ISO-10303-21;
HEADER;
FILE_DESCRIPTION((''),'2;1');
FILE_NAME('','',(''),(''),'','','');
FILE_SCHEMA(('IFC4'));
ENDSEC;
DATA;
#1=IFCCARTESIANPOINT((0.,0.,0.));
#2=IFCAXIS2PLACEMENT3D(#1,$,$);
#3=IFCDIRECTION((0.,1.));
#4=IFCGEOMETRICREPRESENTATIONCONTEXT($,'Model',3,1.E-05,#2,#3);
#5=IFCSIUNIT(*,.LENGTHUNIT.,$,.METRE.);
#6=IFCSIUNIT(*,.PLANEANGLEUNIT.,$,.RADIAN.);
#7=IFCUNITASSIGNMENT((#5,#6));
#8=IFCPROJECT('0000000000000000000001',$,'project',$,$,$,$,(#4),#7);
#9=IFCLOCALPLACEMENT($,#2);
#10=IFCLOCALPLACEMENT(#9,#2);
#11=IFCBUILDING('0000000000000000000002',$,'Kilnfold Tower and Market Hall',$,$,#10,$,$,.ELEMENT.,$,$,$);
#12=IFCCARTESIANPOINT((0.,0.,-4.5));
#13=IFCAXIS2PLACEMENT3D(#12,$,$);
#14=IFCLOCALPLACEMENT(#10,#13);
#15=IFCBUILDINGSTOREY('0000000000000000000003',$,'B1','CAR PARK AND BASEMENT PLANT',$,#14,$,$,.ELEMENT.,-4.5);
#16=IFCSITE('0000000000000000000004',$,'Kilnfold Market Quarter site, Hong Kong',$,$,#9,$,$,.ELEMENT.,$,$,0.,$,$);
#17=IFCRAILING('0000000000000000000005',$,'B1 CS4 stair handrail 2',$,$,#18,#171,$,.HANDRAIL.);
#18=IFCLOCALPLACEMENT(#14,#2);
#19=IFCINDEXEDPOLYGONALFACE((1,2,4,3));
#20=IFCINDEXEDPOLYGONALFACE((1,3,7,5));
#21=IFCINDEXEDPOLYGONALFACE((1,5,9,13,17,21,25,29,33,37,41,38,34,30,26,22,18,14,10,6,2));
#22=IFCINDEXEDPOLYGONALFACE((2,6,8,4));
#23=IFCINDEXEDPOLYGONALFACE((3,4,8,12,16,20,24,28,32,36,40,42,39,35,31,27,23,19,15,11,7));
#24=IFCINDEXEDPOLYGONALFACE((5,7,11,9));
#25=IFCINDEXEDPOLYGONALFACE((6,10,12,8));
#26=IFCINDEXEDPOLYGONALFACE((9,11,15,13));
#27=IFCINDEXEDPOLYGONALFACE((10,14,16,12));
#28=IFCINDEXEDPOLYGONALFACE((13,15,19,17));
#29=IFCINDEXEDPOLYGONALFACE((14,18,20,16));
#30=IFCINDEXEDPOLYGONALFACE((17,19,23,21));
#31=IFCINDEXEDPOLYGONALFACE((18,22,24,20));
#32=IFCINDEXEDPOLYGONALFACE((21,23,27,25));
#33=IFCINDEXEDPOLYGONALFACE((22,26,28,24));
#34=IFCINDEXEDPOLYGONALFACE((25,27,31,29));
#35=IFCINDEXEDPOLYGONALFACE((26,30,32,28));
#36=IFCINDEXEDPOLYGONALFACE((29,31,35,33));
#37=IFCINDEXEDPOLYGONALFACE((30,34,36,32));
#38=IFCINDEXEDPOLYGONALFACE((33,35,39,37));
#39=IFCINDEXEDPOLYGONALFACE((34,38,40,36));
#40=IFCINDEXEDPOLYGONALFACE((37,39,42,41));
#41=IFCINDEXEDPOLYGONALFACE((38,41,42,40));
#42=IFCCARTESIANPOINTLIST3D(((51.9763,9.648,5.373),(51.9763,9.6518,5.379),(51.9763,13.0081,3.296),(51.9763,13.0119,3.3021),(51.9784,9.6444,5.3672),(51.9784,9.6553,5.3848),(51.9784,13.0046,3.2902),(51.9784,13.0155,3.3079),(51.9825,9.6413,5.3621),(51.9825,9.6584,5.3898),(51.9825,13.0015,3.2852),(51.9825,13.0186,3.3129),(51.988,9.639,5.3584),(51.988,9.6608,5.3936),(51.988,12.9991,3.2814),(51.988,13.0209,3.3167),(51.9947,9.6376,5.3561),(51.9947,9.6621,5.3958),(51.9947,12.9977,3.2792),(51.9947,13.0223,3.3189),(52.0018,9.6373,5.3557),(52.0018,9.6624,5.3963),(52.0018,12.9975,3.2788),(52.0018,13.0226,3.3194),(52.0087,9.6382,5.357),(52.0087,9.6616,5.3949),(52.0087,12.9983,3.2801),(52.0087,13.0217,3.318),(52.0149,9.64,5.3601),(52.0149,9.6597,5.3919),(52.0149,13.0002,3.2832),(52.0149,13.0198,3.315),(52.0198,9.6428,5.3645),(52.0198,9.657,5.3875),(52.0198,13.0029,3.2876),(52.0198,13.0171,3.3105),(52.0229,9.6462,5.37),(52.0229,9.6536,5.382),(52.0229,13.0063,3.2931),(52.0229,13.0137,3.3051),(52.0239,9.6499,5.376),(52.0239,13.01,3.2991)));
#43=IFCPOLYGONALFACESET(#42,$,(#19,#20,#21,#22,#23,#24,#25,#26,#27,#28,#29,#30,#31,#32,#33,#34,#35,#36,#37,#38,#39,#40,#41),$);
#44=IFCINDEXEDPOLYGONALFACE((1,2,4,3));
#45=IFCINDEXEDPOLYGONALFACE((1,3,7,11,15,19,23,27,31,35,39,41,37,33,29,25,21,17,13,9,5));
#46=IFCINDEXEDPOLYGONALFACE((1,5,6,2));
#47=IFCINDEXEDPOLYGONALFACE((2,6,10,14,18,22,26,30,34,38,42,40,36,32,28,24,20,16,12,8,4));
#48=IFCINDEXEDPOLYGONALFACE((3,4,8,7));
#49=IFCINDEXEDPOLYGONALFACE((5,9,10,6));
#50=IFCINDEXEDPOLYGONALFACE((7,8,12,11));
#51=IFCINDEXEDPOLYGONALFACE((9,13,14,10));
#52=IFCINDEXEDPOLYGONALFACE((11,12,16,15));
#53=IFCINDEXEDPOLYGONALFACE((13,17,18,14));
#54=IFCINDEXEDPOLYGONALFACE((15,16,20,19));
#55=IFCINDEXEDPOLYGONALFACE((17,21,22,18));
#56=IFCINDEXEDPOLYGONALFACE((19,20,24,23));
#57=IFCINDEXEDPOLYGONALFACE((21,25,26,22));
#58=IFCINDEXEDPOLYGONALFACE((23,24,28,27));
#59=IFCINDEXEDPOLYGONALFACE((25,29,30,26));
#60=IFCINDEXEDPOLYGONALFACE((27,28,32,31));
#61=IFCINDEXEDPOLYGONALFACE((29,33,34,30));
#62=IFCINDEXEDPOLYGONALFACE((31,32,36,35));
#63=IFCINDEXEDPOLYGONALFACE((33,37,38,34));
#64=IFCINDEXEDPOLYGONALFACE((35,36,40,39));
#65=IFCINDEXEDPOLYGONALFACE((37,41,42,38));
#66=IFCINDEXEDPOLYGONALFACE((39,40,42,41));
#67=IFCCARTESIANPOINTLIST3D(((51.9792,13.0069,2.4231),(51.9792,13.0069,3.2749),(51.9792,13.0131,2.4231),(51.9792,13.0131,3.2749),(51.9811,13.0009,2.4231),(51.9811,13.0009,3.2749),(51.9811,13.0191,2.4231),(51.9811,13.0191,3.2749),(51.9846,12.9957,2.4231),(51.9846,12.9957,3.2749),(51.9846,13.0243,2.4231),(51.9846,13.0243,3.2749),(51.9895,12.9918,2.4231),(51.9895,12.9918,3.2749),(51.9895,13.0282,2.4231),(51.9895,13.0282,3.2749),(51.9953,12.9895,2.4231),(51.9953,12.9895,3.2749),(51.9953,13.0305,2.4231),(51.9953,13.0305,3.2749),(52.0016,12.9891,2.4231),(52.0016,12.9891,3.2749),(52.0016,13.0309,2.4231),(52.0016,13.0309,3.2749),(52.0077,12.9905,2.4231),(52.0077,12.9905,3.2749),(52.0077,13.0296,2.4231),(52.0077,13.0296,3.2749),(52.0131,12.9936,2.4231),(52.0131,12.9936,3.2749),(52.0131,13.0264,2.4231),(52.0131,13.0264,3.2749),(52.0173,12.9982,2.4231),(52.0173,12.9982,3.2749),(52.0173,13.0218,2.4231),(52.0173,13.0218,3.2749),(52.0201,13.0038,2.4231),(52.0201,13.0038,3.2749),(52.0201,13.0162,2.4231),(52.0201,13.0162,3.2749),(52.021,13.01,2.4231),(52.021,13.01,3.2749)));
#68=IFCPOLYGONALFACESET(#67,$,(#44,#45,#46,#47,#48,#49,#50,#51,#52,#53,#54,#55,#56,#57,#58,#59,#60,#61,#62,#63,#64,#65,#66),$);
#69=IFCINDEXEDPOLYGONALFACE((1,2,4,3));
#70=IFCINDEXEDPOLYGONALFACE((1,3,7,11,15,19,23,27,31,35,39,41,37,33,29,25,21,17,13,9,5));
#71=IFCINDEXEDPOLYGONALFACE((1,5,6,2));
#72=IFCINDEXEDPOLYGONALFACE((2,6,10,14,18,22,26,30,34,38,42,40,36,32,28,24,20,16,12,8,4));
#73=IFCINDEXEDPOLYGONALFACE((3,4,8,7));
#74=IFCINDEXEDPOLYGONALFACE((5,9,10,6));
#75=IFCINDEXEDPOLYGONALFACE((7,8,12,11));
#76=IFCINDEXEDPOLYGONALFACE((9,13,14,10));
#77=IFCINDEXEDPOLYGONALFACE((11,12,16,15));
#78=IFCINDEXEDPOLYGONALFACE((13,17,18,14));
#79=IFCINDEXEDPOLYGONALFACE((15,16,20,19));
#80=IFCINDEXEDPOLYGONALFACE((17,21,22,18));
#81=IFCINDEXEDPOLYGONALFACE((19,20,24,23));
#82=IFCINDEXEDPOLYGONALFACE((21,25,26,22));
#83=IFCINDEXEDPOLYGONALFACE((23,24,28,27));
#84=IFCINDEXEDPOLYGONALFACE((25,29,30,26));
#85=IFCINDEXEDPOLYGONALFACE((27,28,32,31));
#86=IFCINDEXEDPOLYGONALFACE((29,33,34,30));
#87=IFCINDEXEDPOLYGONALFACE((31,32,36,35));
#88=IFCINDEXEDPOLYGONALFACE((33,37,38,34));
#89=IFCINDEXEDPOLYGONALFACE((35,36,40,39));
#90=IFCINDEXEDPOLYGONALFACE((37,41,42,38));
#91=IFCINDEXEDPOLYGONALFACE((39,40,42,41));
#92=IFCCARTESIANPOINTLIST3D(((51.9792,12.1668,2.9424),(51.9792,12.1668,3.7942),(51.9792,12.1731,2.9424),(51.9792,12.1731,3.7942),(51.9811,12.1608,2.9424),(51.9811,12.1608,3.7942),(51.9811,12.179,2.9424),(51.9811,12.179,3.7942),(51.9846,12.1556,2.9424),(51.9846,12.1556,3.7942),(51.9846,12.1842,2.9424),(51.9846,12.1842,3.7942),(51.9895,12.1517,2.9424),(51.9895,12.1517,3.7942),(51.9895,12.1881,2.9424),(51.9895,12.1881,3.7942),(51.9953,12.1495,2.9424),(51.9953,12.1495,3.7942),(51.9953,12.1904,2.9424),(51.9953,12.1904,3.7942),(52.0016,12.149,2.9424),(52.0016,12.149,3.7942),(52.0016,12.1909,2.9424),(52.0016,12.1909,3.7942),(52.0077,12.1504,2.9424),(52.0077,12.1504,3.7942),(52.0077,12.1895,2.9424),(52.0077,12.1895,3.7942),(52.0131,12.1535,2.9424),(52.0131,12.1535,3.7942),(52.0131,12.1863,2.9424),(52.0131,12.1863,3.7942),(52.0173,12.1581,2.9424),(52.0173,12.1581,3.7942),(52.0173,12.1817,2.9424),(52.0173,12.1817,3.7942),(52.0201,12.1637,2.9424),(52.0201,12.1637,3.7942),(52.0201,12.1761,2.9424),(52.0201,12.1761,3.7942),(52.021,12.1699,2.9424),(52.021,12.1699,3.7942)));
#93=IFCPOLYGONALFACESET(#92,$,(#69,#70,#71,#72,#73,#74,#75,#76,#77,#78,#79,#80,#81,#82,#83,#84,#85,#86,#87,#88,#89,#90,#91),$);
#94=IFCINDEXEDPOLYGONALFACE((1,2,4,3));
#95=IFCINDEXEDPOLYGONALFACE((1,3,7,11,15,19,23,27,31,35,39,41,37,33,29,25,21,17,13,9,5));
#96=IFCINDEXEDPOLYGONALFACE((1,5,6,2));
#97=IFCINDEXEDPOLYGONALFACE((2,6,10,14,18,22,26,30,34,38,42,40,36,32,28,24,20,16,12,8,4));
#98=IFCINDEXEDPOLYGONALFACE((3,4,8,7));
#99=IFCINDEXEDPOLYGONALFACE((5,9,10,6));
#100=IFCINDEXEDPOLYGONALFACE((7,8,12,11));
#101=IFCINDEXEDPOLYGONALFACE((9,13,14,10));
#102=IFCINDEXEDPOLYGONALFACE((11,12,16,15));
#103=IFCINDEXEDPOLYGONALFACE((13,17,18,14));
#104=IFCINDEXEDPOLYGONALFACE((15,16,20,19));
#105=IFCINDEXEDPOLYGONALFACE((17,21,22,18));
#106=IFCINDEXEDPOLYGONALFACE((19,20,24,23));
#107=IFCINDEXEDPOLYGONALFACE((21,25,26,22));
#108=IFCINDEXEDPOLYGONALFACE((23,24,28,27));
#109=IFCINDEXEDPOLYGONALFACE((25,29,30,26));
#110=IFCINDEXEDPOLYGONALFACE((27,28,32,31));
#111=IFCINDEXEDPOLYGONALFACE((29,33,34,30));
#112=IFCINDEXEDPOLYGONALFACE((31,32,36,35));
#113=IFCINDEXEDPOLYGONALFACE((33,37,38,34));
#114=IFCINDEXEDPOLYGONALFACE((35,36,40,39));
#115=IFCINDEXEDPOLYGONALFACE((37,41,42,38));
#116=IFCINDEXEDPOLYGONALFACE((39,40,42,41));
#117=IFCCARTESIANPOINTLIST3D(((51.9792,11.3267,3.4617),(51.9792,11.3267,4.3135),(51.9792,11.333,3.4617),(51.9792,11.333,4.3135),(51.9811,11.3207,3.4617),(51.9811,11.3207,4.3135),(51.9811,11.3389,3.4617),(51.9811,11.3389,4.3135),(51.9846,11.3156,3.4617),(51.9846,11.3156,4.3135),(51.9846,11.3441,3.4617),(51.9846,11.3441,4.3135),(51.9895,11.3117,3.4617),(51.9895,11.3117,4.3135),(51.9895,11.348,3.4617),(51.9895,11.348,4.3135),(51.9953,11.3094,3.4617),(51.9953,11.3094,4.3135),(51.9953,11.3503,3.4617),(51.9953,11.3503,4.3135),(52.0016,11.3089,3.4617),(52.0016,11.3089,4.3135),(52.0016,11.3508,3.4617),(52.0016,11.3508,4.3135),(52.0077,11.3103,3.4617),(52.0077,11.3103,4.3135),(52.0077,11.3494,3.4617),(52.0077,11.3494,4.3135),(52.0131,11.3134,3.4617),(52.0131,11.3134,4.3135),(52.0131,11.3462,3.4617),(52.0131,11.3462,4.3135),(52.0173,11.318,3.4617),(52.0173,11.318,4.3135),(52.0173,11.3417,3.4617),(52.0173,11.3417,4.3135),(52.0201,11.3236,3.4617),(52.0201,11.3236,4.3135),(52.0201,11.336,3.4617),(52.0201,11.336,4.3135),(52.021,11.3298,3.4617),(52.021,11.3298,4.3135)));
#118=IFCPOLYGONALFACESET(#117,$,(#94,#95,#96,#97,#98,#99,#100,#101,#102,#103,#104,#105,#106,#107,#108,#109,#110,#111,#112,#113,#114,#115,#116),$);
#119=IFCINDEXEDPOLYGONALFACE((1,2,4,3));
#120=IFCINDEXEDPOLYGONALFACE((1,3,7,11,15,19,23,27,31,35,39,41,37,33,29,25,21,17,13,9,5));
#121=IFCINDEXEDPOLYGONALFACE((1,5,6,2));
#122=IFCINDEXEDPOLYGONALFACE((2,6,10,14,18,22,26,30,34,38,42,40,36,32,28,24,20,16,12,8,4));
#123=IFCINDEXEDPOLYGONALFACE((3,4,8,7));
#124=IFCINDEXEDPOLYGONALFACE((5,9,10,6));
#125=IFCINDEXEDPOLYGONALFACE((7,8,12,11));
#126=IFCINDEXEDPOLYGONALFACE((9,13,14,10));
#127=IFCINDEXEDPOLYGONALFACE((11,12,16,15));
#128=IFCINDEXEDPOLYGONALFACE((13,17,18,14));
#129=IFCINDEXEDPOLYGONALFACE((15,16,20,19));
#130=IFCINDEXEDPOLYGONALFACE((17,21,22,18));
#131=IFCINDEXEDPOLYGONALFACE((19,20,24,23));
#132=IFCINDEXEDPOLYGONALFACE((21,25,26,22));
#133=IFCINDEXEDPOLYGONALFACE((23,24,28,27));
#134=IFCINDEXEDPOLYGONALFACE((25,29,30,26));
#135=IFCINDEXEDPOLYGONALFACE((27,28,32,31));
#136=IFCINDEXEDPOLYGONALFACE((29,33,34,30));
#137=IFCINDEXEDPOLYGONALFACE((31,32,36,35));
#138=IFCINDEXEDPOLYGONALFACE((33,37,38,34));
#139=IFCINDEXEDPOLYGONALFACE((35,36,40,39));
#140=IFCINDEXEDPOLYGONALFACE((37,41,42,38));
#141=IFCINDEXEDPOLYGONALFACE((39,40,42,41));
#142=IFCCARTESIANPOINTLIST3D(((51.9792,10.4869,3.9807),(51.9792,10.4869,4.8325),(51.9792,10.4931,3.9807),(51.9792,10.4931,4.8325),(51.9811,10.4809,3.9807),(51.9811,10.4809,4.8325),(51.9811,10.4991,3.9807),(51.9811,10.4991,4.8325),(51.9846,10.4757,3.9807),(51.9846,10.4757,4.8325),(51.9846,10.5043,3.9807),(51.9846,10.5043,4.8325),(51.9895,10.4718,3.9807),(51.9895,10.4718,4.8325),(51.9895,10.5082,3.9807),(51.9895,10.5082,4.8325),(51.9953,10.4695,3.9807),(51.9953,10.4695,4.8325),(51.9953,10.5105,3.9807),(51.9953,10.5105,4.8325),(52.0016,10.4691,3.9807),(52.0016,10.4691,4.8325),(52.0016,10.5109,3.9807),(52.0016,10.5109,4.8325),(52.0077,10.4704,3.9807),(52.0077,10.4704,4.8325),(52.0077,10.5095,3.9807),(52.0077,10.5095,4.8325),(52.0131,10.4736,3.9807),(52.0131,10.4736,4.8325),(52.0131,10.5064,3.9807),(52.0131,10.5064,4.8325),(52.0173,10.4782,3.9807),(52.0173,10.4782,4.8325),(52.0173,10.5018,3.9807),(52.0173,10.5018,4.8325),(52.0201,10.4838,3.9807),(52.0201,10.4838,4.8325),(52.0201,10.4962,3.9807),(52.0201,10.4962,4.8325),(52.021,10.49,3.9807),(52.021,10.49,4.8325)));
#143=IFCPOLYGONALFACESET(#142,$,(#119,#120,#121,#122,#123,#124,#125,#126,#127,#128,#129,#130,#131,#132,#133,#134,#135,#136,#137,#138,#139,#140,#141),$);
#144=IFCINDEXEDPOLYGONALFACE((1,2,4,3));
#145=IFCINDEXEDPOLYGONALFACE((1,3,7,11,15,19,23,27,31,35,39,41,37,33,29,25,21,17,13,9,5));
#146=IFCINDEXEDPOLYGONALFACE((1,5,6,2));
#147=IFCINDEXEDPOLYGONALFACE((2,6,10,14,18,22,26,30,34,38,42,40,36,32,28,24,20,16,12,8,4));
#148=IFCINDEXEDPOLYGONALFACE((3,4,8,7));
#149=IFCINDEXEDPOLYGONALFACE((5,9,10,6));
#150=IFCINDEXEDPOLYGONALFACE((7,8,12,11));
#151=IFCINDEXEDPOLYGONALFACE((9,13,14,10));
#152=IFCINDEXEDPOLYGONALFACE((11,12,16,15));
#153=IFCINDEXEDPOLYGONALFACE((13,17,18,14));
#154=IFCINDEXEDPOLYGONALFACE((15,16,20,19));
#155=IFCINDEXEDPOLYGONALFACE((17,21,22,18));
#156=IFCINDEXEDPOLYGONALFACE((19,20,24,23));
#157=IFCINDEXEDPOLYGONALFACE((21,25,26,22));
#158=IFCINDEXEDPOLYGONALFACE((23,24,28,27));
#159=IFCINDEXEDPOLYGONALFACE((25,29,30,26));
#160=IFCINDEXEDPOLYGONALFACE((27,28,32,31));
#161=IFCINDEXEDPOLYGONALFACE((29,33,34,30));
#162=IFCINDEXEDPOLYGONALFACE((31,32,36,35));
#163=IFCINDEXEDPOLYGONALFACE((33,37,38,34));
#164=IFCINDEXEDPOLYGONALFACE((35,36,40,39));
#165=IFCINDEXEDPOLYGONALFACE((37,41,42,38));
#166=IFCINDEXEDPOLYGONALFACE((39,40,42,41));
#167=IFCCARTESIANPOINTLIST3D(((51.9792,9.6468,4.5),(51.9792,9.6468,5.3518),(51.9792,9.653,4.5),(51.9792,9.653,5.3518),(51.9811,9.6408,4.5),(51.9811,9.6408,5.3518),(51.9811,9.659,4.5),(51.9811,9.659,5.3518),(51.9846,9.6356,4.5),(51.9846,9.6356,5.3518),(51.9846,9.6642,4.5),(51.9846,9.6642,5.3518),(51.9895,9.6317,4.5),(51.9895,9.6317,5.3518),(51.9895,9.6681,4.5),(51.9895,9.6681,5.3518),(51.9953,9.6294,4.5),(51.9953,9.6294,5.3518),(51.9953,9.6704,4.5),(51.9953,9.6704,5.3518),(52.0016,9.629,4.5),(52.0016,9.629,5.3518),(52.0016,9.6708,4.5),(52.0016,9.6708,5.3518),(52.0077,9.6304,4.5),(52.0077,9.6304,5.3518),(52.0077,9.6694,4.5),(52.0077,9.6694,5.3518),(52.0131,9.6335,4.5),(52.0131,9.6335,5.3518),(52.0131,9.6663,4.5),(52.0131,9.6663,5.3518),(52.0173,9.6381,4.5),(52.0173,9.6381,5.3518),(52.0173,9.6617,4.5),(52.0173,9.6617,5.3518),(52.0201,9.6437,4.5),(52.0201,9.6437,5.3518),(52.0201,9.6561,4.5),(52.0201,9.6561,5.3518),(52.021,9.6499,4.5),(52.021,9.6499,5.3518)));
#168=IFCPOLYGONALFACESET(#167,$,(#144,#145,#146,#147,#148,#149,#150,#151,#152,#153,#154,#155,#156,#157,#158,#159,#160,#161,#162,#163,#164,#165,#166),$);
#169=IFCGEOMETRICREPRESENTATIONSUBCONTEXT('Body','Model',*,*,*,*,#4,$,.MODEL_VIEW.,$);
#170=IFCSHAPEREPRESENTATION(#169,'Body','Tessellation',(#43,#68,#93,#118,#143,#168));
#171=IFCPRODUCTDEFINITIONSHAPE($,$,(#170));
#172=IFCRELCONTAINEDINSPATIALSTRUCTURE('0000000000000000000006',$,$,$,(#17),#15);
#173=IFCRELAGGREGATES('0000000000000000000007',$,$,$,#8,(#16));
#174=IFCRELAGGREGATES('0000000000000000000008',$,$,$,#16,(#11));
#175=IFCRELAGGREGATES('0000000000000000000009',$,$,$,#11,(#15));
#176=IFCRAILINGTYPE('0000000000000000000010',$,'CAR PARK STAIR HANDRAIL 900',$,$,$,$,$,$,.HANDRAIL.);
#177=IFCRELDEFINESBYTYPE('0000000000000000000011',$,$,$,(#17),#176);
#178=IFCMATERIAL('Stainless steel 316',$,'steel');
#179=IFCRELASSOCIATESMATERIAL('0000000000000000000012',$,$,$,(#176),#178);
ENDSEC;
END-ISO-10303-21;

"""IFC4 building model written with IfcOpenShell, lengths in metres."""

from ifc_helpers import new_model, si_unit, direction, frame, origin, origin_2d, place, context, subcontext, project, spatial, circle, extrude, material, type_object, element, save


model = new_model("IFC4")

# Units and contexts
model_context = context("Model", 3, precision=1e-05, world=origin(), true_north=direction((0.0, 1.0)))
body_context = subcontext(model_context, "Body", "Model", "MODEL_VIEW")
ifc_project = project(units=[si_unit("LENGTHUNIT", "METRE"), si_unit("PLANEANGLEUNIT", "RADIAN")], contexts=[model_context])

# Site, building, storey
site_placement = place(None, origin())
site = spatial("IfcSite", under=ifc_project, at=site_placement, Name="Kilnfold Market Quarter site, Hong Kong", CompositionType="ELEMENT", RefElevation=0.0)
building_placement = place(site_placement, origin())
building = spatial("IfcBuilding", under=site, at=building_placement, Name="Kilnfold Tower and Market Hall", CompositionType="ELEMENT")
storey_placement = place(building_placement, frame((0.0, 0.0, -4.5)))
storey = spatial("IfcBuildingStorey", under=building, at=storey_placement, Name="B1", Description="CAR PARK AND BASEMENT PLANT", CompositionType="ELEMENT", Elevation=-4.5)

# Railing
ifc_material_1 = material(Name="Stainless steel 316", Category="steel")
railing_type_1 = type_object("IfcRailingType", Name="CAR PARK STAIR HANDRAIL 900", PredefinedType="HANDRAIL", material=ifc_material_1)
railing_1_placement = place(storey_placement, frame((52.0, 13.01, 2.4231)))
element("IfcRailing", 1, at=railing_1_placement, inside=storey, type_object=railing_type_1, Name="B1 CS4 stair handrail 2", PredefinedType="HANDRAIL", context=body_context, shape_type="SweptSolid", body=[
    extrude(circle(Radius=0.0239, at=origin_2d()), frame((0.0, 0.0, 0.876), z_axis=(0.0, -0.850623, 0.525776), x_axis=(1.0, 0.0, 0.0)), (0.0, 0.0, 1.0), 3.9502),
    extrude(circle(Radius=0.021, at=origin_2d()), origin(), (0.0, 0.0, 1.0), 0.8518),
    extrude(circle(Radius=0.021, at=origin_2d()), frame((0.0, -0.8401, 0.5193)), (0.0, 0.0, 1.0), 0.8518),
    extrude(circle(Radius=0.021, at=origin_2d()), frame((0.0, -1.6802, 1.0386)), (0.0, 0.0, 1.0), 0.8518),
    extrude(circle(Radius=0.021, at=origin_2d()), frame((0.0, -2.52, 1.5576)), (0.0, 0.0, 1.0), 0.8518),
    extrude(circle(Radius=0.021, at=origin_2d()), frame((0.0, -3.3601, 2.0769)), (0.0, 0.0, 1.0), 0.8518),
])

save(model, "model.ifc")
